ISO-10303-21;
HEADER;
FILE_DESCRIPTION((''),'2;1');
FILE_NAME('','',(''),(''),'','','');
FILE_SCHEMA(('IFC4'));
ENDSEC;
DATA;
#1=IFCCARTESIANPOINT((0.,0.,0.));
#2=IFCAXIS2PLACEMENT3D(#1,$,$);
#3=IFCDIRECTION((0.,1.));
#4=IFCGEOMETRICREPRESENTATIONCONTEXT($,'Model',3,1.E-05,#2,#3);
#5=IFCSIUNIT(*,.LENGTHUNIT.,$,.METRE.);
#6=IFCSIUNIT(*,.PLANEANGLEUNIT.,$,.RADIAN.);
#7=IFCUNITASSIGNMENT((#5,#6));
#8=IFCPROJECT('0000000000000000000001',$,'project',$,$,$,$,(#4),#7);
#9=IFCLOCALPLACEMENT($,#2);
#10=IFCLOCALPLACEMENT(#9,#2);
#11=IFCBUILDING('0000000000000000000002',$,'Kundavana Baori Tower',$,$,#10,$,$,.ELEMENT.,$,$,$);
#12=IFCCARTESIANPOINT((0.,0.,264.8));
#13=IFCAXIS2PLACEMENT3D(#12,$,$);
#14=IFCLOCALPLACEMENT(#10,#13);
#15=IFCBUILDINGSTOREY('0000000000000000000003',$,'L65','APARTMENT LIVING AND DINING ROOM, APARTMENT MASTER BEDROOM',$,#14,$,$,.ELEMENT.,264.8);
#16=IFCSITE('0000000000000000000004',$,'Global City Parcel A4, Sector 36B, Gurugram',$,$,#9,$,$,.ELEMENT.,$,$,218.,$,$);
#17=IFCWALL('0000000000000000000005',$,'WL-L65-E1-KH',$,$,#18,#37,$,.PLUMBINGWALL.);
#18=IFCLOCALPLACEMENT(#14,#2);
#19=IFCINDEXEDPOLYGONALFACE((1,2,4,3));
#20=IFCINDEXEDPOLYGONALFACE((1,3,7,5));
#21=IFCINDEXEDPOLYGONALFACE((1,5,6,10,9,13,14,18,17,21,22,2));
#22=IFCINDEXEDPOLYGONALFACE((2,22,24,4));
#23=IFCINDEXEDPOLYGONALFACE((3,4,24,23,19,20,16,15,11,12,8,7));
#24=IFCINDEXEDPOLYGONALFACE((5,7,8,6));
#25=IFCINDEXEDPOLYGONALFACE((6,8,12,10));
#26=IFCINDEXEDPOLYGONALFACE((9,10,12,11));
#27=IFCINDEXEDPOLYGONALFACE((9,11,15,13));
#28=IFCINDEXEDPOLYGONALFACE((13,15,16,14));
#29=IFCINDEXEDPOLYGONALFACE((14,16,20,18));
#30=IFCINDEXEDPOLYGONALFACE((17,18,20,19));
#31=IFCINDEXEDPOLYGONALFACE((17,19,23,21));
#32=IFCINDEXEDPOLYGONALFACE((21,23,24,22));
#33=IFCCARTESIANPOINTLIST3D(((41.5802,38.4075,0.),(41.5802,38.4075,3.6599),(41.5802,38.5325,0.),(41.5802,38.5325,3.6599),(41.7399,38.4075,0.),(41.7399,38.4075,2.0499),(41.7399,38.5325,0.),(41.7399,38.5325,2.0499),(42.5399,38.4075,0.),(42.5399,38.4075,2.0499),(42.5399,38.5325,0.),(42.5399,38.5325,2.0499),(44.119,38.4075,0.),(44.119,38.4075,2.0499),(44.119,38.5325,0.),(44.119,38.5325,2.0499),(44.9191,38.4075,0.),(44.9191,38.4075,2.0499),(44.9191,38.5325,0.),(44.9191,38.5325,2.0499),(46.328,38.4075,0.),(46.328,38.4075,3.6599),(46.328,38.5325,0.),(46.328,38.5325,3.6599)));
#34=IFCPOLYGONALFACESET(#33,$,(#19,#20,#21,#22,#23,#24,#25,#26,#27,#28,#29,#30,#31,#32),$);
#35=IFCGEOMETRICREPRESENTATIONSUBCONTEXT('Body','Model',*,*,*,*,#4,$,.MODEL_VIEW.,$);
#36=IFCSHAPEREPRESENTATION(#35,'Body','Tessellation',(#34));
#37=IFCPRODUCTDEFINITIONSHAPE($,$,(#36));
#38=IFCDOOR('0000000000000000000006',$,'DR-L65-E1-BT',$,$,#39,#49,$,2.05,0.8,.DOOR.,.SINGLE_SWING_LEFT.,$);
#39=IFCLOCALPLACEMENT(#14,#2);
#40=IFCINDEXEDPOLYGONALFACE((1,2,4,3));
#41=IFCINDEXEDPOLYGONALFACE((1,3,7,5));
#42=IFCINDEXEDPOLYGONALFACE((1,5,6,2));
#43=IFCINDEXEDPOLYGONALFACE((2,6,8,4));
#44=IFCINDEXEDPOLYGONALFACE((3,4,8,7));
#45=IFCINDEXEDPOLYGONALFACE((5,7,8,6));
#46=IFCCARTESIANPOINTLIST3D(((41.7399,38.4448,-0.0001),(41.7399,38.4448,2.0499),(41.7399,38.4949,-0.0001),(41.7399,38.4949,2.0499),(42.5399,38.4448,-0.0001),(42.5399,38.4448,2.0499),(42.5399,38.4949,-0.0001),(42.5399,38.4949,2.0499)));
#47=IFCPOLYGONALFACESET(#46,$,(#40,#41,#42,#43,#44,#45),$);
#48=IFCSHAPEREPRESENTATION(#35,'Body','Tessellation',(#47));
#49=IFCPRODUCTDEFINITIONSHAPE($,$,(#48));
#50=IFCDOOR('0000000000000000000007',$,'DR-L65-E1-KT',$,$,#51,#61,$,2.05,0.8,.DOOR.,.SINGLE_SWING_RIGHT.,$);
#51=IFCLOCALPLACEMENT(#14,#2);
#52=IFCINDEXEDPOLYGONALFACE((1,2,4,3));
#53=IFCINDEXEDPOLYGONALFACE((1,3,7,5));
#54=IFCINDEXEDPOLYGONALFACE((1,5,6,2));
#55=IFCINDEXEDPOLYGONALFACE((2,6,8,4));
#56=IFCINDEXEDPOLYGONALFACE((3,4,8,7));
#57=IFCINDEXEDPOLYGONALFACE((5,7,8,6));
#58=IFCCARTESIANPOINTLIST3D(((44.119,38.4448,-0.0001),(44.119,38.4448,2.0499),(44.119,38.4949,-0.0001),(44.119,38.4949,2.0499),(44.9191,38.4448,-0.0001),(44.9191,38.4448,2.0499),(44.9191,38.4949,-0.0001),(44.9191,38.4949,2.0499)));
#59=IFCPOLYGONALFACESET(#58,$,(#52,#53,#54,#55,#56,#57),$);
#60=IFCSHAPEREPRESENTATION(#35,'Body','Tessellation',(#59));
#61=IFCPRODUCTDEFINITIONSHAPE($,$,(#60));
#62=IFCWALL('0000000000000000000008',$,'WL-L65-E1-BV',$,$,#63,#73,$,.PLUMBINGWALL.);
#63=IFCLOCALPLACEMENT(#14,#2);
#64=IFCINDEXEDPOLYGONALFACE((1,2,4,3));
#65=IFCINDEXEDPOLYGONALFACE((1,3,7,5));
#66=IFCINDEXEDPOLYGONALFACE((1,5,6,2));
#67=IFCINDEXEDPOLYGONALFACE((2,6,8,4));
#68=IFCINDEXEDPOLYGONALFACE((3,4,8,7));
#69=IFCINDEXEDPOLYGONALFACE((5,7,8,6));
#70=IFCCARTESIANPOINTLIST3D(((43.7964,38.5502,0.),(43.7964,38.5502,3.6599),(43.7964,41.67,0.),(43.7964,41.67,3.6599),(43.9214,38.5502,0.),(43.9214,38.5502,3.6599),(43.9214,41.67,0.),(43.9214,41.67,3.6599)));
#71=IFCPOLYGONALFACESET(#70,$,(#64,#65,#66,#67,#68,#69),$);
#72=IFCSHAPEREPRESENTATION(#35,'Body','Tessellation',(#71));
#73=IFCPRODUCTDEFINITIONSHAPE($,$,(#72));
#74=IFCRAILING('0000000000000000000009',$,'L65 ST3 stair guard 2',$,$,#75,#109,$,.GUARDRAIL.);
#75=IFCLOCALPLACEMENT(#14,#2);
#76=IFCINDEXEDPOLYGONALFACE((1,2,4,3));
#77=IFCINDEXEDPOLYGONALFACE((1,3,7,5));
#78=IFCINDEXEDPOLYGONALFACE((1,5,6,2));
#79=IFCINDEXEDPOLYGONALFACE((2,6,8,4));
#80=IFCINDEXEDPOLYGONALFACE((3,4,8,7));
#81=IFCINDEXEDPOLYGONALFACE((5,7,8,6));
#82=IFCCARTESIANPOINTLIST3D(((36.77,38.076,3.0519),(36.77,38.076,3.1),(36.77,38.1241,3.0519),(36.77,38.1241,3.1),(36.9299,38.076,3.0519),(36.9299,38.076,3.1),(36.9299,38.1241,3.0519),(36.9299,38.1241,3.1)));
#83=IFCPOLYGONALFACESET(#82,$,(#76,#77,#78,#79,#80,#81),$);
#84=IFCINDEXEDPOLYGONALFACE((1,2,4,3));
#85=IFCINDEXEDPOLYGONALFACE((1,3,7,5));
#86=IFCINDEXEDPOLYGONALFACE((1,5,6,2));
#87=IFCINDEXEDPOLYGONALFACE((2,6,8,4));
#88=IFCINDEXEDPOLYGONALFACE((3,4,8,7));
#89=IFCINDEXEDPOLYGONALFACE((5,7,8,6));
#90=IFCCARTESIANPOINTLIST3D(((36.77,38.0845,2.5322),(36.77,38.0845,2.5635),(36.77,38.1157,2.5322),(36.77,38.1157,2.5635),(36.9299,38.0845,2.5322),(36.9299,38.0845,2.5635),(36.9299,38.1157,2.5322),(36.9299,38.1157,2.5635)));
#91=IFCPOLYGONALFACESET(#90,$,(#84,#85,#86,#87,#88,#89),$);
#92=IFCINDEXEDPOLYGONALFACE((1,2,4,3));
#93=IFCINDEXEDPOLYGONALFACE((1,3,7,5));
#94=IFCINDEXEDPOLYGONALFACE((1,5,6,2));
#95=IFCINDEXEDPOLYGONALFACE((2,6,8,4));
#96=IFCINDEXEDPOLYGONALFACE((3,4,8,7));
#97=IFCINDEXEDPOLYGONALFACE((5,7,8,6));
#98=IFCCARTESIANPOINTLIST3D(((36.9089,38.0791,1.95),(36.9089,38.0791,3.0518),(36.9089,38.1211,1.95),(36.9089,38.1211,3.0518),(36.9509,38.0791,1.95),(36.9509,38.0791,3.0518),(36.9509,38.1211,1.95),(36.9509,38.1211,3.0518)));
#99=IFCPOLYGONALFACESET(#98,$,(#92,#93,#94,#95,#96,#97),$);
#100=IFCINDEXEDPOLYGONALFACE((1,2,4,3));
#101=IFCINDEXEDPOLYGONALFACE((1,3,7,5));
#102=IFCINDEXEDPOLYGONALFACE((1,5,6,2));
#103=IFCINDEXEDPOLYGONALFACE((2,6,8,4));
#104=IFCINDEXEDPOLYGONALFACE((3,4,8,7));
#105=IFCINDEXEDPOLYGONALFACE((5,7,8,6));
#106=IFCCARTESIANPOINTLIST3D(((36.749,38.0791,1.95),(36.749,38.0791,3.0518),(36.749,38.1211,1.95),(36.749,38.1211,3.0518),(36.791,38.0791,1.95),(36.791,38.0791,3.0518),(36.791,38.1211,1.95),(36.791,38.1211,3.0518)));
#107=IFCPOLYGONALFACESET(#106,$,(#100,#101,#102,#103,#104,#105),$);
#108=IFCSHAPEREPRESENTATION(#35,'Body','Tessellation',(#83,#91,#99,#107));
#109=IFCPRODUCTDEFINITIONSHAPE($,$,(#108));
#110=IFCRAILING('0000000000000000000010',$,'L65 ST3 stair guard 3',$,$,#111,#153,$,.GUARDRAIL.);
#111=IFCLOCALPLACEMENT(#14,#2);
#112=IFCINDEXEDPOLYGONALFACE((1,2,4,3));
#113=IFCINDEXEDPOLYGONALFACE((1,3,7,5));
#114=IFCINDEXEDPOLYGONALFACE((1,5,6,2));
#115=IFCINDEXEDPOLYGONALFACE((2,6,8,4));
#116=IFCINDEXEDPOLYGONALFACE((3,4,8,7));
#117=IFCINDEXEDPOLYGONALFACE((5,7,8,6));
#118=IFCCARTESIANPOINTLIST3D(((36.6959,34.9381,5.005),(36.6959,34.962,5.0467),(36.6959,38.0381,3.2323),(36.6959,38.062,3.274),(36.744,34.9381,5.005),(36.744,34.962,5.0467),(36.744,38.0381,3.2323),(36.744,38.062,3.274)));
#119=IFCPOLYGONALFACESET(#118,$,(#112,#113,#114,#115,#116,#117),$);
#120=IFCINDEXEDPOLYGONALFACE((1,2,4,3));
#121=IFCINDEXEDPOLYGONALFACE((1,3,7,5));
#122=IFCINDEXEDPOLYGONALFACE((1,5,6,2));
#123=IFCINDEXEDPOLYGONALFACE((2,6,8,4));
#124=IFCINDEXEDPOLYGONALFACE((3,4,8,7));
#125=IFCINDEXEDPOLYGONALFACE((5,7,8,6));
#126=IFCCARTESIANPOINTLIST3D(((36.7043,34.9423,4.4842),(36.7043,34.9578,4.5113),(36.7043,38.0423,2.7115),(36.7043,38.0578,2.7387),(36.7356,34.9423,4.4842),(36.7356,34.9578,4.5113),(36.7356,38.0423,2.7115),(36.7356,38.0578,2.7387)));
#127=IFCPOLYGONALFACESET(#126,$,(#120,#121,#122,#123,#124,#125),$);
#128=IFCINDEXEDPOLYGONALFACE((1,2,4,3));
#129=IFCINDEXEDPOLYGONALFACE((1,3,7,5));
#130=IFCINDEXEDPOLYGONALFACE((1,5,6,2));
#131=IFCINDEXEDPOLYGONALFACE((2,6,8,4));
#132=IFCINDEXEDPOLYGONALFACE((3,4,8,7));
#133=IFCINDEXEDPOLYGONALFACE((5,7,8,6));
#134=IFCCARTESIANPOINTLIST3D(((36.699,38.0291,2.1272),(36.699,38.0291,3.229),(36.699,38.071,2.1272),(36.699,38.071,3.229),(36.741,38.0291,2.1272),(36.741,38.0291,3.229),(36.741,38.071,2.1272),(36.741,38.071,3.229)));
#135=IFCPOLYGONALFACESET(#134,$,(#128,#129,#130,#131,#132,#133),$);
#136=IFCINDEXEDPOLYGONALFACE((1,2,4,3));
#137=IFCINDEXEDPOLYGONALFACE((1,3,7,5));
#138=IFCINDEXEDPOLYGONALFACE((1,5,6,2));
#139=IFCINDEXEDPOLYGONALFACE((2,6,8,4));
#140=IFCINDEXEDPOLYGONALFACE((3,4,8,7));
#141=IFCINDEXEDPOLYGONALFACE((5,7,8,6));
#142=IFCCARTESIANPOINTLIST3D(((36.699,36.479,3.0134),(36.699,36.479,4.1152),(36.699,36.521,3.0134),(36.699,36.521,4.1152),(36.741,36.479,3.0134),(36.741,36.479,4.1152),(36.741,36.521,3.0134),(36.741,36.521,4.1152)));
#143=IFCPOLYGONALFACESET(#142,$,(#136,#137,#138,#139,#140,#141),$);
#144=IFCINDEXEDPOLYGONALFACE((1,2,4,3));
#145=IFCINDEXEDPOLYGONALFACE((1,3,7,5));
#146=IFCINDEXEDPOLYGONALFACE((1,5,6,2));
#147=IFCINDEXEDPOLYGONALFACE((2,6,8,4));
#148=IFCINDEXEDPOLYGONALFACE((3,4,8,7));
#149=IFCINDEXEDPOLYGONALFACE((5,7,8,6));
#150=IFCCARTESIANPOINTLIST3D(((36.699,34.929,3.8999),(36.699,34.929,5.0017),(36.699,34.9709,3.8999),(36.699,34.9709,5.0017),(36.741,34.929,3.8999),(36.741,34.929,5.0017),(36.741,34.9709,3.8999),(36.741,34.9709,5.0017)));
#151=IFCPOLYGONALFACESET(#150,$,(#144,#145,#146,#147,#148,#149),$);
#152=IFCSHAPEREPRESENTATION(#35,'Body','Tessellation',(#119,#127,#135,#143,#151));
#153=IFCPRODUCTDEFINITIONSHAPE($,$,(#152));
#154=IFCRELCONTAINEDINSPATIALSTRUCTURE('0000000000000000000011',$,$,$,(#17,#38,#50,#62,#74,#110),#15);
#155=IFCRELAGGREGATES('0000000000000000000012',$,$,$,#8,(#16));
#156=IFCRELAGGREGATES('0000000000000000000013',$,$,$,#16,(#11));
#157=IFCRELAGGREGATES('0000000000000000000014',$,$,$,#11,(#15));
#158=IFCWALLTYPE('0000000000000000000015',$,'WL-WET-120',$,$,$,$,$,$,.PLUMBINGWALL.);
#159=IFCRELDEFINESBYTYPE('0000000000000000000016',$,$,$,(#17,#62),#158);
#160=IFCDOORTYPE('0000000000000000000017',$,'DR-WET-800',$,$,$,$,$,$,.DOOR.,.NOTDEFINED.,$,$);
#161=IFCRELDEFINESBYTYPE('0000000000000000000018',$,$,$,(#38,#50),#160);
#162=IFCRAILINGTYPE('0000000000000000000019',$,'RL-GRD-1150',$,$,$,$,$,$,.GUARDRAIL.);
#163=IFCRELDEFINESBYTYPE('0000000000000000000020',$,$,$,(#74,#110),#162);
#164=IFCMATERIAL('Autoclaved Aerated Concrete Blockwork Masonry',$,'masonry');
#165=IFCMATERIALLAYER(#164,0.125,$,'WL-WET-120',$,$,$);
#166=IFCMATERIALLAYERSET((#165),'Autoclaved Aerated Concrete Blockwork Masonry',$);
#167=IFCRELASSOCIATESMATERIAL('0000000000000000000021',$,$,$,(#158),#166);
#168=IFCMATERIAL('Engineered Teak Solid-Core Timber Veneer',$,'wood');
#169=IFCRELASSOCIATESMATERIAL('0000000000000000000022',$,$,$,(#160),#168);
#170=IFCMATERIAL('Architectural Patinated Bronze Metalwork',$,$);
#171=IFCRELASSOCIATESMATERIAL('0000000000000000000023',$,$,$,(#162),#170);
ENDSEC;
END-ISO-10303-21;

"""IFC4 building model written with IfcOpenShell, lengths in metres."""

from ifc_helpers import new_model, si_unit, direction, frame, frame_2d, origin, origin_2d, place, context, subcontext, project, spatial, rectangle, extrude, material, layer, layer_set, type_object, element, fill, save


model = new_model("IFC4")

# Units and contexts
model_context = context("Model", 3, precision=1e-05, world=origin(), true_north=direction((0.0, 1.0)))
body_context = subcontext(model_context, "Body", "Model", "MODEL_VIEW")
ifc_project = project(units=[si_unit("LENGTHUNIT", "METRE"), si_unit("PLANEANGLEUNIT", "RADIAN")], contexts=[model_context])

# Site, building, storey
site_placement = place(None, origin())
site = spatial("IfcSite", under=ifc_project, at=site_placement, Name="Global City Parcel A4, Sector 36B, Gurugram", CompositionType="ELEMENT", RefElevation=218.0)
building_placement = place(site_placement, origin())
building = spatial("IfcBuilding", under=site, at=building_placement, Name="Kundavana Baori Tower", CompositionType="ELEMENT")
storey_placement = place(building_placement, frame((0.0, 0.0, 264.8)))
storey = spatial("IfcBuildingStorey", under=building, at=storey_placement, Name="L65", Description="APARTMENT LIVING AND DINING ROOM, APARTMENT MASTER BEDROOM", CompositionType="ELEMENT", Elevation=264.8)

# Wall, openings, doors
ifc_material_1 = material(Name="Autoclaved Aerated Concrete Blockwork Masonry", Category="masonry")
ifc_layer_1 = layer(ifc_material_1, 0.125, Name="WL-WET-120")
ifc_layer_set_1 = layer_set([ifc_layer_1], Name="Autoclaved Aerated Concrete Blockwork Masonry")
wall_type_1 = type_object("IfcWallType", Name="WL-WET-120", PredefinedType="PLUMBINGWALL", material=ifc_layer_set_1)
wall_1_placement = place(storey_placement, frame((41.5801, 38.47, 0.0), z_axis=(0.0, 0.0, 1.0), x_axis=(1.0, 0.0, 0.0)))
wall_1 = element("IfcWall", 1, at=wall_1_placement, inside=storey, type_object=wall_type_1, Name="WL-L65-E1-KH", PredefinedType="PLUMBINGWALL", context=body_context, shape_type="SweptSolid", body=[
    extrude(rectangle(XDim=4.7478, YDim=0.125, at=frame_2d((2.374, 0.0))), origin(), (0.0, 0.0, 1.0), 3.6599),
])
opening_1_placement = place(wall_1_placement, frame((0.1599, 0.0, 0.0)))
opening_1 = element("IfcOpeningElement", 2, at=opening_1_placement, cuts=wall_1, PredefinedType="OPENING", context=body_context, shape_type="SweptSolid", body=[
    extrude(rectangle(XDim=0.8, YDim=2.05, at=frame_2d((0.3999, 1.0249))), frame((0.0, 0.0725, 0.0), z_axis=(0.0, -1.0, 0.0), x_axis=(1.0, 0.0, 0.0)), (0.0, 0.0, 1.0), 0.145),
])
opening_2_placement = place(wall_1_placement, frame((2.5391, 0.0, 0.0)))
opening_2 = element("IfcOpeningElement", 3, at=opening_2_placement, cuts=wall_1, PredefinedType="OPENING", context=body_context, shape_type="SweptSolid", body=[
    extrude(rectangle(XDim=0.8, YDim=2.05, at=frame_2d((0.3999, 1.0249))), frame((0.0, 0.0725, 0.0), z_axis=(0.0, -1.0, 0.0), x_axis=(1.0, 0.0, 0.0)), (0.0, 0.0, 1.0), 0.145),
])
ifc_material_2 = material(Name="Engineered Teak Solid-Core Timber Veneer", Category="wood")
door_type_1 = type_object("IfcDoorType", Name="DR-WET-800", OperationType="NOTDEFINED", PredefinedType="DOOR", material=ifc_material_2)
door_1_placement = place(opening_1_placement, origin())
door_1 = element("IfcDoor", 4, at=door_1_placement, inside=storey, type_object=door_type_1, Name="DR-L65-E1-BT", OperationType="SINGLE_SWING_LEFT", OverallHeight=2.05, OverallWidth=0.8, PredefinedType="DOOR", context=body_context, shape_type="SweptSolid", body=[
    extrude(rectangle(XDim=0.8, YDim=2.05, at=frame_2d((0.3999, 1.0249))), frame((0.0, 0.0249, 0.0), z_axis=(0.0, -1.0, 0.0), x_axis=(1.0, 0.0, 0.0)), (0.0, 0.0, 1.0), 0.05),
])
fill(opening_1, door_1)
door_2_placement = place(opening_2_placement, origin())
door_2 = element("IfcDoor", 5, at=door_2_placement, inside=storey, type_object=door_type_1, Name="DR-L65-E1-KT", OperationType="SINGLE_SWING_RIGHT", OverallHeight=2.05, OverallWidth=0.8, PredefinedType="DOOR", context=body_context, shape_type="SweptSolid", body=[
    extrude(rectangle(XDim=0.8, YDim=2.05, at=frame_2d((0.3999, 1.0249))), frame((0.0, 0.0249, 0.0), z_axis=(0.0, -1.0, 0.0), x_axis=(1.0, 0.0, 0.0)), (0.0, 0.0, 1.0), 0.05),
])
fill(opening_2, door_2)

# Wall
wall_2_placement = place(storey_placement, frame((43.8589, 38.55, 0.0), z_axis=(0.0, 0.0, 1.0), x_axis=(0.0, 1.0, 0.0)))
element("IfcWall", 6, at=wall_2_placement, inside=storey, type_object=wall_type_1, Name="WL-L65-E1-BV", PredefinedType="PLUMBINGWALL", context=body_context, shape_type="SweptSolid", body=[
    extrude(rectangle(XDim=3.1199, YDim=0.125, at=frame_2d((1.5601, 0.0))), origin(), (0.0, 0.0, 1.0), 3.6599),
])

# Railings
ifc_material_3 = material(Name="Architectural Patinated Bronze Metalwork")
railing_type_1 = type_object("IfcRailingType", Name="RL-GRD-1150", PredefinedType="GUARDRAIL", material=ifc_material_3)
railing_1_placement = place(storey_placement, frame((36.9299, 38.1001, 1.95)))
element("IfcRailing", 7, at=railing_1_placement, inside=storey, type_object=railing_type_1, Name="L65 ST3 stair guard 2", PredefinedType="GUARDRAIL", context=body_context, shape_type="SweptSolid", body=[
    extrude(rectangle(XDim=0.0481, YDim=0.0481, at=origin_2d()), frame((0.0, 0.0, 1.126), z_axis=(-1.0, 0.0, 0.0), x_axis=(0.0, -1.0, 0.0)), (0.0, 0.0, 1.0), 0.1599),
    extrude(rectangle(XDim=0.0312, YDim=0.0312, at=origin_2d()), frame((0.0, 0.0, 0.5979), z_axis=(-1.0, 0.0, 0.0), x_axis=(0.0, -1.0, 0.0)), (0.0, 0.0, 1.0), 0.1599),
    extrude(rectangle(XDim=0.042, YDim=0.042, at=origin_2d()), origin(), (0.0, 0.0, 1.0), 1.1018),
    extrude(rectangle(XDim=0.042, YDim=0.042, at=origin_2d()), frame((-0.1599, 0.0, 0.0)), (0.0, 0.0, 1.0), 1.1018),
])
railing_2_placement = place(storey_placement, frame((36.72, 38.05, 2.1272)))
element("IfcRailing", 8, at=railing_2_placement, inside=storey, type_object=railing_type_1, Name="L65 ST3 stair guard 3", PredefinedType="GUARDRAIL", context=body_context, shape_type="SweptSolid", body=[
    extrude(rectangle(XDim=0.0481, YDim=0.0481, at=origin_2d()), frame((0.0, 0.0, 1.126), z_axis=(0.0, -0.868096, 0.496397), x_axis=(1.0, 0.0, 0.0)), (0.0, 0.0, 1.0), 3.571),
    extrude(rectangle(XDim=0.0312, YDim=0.0312, at=origin_2d()), frame((0.0, 0.0, 0.5979), z_axis=(0.0, -0.868096, 0.496397), x_axis=(1.0, 0.0, 0.0)), (0.0, 0.0, 1.0), 3.571),
    extrude(rectangle(XDim=0.042, YDim=0.042, at=origin_2d()), origin(), (0.0, 0.0, 1.0), 1.1018),
    extrude(rectangle(XDim=0.042, YDim=0.042, at=origin_2d()), frame((0.0, -1.55, 0.8862)), (0.0, 0.0, 1.0), 1.1018),
    extrude(rectangle(XDim=0.042, YDim=0.042, at=origin_2d()), frame((0.0, -3.1001, 1.7727)), (0.0, 0.0, 1.0), 1.1018),
])

save(model, "model.ifc")
